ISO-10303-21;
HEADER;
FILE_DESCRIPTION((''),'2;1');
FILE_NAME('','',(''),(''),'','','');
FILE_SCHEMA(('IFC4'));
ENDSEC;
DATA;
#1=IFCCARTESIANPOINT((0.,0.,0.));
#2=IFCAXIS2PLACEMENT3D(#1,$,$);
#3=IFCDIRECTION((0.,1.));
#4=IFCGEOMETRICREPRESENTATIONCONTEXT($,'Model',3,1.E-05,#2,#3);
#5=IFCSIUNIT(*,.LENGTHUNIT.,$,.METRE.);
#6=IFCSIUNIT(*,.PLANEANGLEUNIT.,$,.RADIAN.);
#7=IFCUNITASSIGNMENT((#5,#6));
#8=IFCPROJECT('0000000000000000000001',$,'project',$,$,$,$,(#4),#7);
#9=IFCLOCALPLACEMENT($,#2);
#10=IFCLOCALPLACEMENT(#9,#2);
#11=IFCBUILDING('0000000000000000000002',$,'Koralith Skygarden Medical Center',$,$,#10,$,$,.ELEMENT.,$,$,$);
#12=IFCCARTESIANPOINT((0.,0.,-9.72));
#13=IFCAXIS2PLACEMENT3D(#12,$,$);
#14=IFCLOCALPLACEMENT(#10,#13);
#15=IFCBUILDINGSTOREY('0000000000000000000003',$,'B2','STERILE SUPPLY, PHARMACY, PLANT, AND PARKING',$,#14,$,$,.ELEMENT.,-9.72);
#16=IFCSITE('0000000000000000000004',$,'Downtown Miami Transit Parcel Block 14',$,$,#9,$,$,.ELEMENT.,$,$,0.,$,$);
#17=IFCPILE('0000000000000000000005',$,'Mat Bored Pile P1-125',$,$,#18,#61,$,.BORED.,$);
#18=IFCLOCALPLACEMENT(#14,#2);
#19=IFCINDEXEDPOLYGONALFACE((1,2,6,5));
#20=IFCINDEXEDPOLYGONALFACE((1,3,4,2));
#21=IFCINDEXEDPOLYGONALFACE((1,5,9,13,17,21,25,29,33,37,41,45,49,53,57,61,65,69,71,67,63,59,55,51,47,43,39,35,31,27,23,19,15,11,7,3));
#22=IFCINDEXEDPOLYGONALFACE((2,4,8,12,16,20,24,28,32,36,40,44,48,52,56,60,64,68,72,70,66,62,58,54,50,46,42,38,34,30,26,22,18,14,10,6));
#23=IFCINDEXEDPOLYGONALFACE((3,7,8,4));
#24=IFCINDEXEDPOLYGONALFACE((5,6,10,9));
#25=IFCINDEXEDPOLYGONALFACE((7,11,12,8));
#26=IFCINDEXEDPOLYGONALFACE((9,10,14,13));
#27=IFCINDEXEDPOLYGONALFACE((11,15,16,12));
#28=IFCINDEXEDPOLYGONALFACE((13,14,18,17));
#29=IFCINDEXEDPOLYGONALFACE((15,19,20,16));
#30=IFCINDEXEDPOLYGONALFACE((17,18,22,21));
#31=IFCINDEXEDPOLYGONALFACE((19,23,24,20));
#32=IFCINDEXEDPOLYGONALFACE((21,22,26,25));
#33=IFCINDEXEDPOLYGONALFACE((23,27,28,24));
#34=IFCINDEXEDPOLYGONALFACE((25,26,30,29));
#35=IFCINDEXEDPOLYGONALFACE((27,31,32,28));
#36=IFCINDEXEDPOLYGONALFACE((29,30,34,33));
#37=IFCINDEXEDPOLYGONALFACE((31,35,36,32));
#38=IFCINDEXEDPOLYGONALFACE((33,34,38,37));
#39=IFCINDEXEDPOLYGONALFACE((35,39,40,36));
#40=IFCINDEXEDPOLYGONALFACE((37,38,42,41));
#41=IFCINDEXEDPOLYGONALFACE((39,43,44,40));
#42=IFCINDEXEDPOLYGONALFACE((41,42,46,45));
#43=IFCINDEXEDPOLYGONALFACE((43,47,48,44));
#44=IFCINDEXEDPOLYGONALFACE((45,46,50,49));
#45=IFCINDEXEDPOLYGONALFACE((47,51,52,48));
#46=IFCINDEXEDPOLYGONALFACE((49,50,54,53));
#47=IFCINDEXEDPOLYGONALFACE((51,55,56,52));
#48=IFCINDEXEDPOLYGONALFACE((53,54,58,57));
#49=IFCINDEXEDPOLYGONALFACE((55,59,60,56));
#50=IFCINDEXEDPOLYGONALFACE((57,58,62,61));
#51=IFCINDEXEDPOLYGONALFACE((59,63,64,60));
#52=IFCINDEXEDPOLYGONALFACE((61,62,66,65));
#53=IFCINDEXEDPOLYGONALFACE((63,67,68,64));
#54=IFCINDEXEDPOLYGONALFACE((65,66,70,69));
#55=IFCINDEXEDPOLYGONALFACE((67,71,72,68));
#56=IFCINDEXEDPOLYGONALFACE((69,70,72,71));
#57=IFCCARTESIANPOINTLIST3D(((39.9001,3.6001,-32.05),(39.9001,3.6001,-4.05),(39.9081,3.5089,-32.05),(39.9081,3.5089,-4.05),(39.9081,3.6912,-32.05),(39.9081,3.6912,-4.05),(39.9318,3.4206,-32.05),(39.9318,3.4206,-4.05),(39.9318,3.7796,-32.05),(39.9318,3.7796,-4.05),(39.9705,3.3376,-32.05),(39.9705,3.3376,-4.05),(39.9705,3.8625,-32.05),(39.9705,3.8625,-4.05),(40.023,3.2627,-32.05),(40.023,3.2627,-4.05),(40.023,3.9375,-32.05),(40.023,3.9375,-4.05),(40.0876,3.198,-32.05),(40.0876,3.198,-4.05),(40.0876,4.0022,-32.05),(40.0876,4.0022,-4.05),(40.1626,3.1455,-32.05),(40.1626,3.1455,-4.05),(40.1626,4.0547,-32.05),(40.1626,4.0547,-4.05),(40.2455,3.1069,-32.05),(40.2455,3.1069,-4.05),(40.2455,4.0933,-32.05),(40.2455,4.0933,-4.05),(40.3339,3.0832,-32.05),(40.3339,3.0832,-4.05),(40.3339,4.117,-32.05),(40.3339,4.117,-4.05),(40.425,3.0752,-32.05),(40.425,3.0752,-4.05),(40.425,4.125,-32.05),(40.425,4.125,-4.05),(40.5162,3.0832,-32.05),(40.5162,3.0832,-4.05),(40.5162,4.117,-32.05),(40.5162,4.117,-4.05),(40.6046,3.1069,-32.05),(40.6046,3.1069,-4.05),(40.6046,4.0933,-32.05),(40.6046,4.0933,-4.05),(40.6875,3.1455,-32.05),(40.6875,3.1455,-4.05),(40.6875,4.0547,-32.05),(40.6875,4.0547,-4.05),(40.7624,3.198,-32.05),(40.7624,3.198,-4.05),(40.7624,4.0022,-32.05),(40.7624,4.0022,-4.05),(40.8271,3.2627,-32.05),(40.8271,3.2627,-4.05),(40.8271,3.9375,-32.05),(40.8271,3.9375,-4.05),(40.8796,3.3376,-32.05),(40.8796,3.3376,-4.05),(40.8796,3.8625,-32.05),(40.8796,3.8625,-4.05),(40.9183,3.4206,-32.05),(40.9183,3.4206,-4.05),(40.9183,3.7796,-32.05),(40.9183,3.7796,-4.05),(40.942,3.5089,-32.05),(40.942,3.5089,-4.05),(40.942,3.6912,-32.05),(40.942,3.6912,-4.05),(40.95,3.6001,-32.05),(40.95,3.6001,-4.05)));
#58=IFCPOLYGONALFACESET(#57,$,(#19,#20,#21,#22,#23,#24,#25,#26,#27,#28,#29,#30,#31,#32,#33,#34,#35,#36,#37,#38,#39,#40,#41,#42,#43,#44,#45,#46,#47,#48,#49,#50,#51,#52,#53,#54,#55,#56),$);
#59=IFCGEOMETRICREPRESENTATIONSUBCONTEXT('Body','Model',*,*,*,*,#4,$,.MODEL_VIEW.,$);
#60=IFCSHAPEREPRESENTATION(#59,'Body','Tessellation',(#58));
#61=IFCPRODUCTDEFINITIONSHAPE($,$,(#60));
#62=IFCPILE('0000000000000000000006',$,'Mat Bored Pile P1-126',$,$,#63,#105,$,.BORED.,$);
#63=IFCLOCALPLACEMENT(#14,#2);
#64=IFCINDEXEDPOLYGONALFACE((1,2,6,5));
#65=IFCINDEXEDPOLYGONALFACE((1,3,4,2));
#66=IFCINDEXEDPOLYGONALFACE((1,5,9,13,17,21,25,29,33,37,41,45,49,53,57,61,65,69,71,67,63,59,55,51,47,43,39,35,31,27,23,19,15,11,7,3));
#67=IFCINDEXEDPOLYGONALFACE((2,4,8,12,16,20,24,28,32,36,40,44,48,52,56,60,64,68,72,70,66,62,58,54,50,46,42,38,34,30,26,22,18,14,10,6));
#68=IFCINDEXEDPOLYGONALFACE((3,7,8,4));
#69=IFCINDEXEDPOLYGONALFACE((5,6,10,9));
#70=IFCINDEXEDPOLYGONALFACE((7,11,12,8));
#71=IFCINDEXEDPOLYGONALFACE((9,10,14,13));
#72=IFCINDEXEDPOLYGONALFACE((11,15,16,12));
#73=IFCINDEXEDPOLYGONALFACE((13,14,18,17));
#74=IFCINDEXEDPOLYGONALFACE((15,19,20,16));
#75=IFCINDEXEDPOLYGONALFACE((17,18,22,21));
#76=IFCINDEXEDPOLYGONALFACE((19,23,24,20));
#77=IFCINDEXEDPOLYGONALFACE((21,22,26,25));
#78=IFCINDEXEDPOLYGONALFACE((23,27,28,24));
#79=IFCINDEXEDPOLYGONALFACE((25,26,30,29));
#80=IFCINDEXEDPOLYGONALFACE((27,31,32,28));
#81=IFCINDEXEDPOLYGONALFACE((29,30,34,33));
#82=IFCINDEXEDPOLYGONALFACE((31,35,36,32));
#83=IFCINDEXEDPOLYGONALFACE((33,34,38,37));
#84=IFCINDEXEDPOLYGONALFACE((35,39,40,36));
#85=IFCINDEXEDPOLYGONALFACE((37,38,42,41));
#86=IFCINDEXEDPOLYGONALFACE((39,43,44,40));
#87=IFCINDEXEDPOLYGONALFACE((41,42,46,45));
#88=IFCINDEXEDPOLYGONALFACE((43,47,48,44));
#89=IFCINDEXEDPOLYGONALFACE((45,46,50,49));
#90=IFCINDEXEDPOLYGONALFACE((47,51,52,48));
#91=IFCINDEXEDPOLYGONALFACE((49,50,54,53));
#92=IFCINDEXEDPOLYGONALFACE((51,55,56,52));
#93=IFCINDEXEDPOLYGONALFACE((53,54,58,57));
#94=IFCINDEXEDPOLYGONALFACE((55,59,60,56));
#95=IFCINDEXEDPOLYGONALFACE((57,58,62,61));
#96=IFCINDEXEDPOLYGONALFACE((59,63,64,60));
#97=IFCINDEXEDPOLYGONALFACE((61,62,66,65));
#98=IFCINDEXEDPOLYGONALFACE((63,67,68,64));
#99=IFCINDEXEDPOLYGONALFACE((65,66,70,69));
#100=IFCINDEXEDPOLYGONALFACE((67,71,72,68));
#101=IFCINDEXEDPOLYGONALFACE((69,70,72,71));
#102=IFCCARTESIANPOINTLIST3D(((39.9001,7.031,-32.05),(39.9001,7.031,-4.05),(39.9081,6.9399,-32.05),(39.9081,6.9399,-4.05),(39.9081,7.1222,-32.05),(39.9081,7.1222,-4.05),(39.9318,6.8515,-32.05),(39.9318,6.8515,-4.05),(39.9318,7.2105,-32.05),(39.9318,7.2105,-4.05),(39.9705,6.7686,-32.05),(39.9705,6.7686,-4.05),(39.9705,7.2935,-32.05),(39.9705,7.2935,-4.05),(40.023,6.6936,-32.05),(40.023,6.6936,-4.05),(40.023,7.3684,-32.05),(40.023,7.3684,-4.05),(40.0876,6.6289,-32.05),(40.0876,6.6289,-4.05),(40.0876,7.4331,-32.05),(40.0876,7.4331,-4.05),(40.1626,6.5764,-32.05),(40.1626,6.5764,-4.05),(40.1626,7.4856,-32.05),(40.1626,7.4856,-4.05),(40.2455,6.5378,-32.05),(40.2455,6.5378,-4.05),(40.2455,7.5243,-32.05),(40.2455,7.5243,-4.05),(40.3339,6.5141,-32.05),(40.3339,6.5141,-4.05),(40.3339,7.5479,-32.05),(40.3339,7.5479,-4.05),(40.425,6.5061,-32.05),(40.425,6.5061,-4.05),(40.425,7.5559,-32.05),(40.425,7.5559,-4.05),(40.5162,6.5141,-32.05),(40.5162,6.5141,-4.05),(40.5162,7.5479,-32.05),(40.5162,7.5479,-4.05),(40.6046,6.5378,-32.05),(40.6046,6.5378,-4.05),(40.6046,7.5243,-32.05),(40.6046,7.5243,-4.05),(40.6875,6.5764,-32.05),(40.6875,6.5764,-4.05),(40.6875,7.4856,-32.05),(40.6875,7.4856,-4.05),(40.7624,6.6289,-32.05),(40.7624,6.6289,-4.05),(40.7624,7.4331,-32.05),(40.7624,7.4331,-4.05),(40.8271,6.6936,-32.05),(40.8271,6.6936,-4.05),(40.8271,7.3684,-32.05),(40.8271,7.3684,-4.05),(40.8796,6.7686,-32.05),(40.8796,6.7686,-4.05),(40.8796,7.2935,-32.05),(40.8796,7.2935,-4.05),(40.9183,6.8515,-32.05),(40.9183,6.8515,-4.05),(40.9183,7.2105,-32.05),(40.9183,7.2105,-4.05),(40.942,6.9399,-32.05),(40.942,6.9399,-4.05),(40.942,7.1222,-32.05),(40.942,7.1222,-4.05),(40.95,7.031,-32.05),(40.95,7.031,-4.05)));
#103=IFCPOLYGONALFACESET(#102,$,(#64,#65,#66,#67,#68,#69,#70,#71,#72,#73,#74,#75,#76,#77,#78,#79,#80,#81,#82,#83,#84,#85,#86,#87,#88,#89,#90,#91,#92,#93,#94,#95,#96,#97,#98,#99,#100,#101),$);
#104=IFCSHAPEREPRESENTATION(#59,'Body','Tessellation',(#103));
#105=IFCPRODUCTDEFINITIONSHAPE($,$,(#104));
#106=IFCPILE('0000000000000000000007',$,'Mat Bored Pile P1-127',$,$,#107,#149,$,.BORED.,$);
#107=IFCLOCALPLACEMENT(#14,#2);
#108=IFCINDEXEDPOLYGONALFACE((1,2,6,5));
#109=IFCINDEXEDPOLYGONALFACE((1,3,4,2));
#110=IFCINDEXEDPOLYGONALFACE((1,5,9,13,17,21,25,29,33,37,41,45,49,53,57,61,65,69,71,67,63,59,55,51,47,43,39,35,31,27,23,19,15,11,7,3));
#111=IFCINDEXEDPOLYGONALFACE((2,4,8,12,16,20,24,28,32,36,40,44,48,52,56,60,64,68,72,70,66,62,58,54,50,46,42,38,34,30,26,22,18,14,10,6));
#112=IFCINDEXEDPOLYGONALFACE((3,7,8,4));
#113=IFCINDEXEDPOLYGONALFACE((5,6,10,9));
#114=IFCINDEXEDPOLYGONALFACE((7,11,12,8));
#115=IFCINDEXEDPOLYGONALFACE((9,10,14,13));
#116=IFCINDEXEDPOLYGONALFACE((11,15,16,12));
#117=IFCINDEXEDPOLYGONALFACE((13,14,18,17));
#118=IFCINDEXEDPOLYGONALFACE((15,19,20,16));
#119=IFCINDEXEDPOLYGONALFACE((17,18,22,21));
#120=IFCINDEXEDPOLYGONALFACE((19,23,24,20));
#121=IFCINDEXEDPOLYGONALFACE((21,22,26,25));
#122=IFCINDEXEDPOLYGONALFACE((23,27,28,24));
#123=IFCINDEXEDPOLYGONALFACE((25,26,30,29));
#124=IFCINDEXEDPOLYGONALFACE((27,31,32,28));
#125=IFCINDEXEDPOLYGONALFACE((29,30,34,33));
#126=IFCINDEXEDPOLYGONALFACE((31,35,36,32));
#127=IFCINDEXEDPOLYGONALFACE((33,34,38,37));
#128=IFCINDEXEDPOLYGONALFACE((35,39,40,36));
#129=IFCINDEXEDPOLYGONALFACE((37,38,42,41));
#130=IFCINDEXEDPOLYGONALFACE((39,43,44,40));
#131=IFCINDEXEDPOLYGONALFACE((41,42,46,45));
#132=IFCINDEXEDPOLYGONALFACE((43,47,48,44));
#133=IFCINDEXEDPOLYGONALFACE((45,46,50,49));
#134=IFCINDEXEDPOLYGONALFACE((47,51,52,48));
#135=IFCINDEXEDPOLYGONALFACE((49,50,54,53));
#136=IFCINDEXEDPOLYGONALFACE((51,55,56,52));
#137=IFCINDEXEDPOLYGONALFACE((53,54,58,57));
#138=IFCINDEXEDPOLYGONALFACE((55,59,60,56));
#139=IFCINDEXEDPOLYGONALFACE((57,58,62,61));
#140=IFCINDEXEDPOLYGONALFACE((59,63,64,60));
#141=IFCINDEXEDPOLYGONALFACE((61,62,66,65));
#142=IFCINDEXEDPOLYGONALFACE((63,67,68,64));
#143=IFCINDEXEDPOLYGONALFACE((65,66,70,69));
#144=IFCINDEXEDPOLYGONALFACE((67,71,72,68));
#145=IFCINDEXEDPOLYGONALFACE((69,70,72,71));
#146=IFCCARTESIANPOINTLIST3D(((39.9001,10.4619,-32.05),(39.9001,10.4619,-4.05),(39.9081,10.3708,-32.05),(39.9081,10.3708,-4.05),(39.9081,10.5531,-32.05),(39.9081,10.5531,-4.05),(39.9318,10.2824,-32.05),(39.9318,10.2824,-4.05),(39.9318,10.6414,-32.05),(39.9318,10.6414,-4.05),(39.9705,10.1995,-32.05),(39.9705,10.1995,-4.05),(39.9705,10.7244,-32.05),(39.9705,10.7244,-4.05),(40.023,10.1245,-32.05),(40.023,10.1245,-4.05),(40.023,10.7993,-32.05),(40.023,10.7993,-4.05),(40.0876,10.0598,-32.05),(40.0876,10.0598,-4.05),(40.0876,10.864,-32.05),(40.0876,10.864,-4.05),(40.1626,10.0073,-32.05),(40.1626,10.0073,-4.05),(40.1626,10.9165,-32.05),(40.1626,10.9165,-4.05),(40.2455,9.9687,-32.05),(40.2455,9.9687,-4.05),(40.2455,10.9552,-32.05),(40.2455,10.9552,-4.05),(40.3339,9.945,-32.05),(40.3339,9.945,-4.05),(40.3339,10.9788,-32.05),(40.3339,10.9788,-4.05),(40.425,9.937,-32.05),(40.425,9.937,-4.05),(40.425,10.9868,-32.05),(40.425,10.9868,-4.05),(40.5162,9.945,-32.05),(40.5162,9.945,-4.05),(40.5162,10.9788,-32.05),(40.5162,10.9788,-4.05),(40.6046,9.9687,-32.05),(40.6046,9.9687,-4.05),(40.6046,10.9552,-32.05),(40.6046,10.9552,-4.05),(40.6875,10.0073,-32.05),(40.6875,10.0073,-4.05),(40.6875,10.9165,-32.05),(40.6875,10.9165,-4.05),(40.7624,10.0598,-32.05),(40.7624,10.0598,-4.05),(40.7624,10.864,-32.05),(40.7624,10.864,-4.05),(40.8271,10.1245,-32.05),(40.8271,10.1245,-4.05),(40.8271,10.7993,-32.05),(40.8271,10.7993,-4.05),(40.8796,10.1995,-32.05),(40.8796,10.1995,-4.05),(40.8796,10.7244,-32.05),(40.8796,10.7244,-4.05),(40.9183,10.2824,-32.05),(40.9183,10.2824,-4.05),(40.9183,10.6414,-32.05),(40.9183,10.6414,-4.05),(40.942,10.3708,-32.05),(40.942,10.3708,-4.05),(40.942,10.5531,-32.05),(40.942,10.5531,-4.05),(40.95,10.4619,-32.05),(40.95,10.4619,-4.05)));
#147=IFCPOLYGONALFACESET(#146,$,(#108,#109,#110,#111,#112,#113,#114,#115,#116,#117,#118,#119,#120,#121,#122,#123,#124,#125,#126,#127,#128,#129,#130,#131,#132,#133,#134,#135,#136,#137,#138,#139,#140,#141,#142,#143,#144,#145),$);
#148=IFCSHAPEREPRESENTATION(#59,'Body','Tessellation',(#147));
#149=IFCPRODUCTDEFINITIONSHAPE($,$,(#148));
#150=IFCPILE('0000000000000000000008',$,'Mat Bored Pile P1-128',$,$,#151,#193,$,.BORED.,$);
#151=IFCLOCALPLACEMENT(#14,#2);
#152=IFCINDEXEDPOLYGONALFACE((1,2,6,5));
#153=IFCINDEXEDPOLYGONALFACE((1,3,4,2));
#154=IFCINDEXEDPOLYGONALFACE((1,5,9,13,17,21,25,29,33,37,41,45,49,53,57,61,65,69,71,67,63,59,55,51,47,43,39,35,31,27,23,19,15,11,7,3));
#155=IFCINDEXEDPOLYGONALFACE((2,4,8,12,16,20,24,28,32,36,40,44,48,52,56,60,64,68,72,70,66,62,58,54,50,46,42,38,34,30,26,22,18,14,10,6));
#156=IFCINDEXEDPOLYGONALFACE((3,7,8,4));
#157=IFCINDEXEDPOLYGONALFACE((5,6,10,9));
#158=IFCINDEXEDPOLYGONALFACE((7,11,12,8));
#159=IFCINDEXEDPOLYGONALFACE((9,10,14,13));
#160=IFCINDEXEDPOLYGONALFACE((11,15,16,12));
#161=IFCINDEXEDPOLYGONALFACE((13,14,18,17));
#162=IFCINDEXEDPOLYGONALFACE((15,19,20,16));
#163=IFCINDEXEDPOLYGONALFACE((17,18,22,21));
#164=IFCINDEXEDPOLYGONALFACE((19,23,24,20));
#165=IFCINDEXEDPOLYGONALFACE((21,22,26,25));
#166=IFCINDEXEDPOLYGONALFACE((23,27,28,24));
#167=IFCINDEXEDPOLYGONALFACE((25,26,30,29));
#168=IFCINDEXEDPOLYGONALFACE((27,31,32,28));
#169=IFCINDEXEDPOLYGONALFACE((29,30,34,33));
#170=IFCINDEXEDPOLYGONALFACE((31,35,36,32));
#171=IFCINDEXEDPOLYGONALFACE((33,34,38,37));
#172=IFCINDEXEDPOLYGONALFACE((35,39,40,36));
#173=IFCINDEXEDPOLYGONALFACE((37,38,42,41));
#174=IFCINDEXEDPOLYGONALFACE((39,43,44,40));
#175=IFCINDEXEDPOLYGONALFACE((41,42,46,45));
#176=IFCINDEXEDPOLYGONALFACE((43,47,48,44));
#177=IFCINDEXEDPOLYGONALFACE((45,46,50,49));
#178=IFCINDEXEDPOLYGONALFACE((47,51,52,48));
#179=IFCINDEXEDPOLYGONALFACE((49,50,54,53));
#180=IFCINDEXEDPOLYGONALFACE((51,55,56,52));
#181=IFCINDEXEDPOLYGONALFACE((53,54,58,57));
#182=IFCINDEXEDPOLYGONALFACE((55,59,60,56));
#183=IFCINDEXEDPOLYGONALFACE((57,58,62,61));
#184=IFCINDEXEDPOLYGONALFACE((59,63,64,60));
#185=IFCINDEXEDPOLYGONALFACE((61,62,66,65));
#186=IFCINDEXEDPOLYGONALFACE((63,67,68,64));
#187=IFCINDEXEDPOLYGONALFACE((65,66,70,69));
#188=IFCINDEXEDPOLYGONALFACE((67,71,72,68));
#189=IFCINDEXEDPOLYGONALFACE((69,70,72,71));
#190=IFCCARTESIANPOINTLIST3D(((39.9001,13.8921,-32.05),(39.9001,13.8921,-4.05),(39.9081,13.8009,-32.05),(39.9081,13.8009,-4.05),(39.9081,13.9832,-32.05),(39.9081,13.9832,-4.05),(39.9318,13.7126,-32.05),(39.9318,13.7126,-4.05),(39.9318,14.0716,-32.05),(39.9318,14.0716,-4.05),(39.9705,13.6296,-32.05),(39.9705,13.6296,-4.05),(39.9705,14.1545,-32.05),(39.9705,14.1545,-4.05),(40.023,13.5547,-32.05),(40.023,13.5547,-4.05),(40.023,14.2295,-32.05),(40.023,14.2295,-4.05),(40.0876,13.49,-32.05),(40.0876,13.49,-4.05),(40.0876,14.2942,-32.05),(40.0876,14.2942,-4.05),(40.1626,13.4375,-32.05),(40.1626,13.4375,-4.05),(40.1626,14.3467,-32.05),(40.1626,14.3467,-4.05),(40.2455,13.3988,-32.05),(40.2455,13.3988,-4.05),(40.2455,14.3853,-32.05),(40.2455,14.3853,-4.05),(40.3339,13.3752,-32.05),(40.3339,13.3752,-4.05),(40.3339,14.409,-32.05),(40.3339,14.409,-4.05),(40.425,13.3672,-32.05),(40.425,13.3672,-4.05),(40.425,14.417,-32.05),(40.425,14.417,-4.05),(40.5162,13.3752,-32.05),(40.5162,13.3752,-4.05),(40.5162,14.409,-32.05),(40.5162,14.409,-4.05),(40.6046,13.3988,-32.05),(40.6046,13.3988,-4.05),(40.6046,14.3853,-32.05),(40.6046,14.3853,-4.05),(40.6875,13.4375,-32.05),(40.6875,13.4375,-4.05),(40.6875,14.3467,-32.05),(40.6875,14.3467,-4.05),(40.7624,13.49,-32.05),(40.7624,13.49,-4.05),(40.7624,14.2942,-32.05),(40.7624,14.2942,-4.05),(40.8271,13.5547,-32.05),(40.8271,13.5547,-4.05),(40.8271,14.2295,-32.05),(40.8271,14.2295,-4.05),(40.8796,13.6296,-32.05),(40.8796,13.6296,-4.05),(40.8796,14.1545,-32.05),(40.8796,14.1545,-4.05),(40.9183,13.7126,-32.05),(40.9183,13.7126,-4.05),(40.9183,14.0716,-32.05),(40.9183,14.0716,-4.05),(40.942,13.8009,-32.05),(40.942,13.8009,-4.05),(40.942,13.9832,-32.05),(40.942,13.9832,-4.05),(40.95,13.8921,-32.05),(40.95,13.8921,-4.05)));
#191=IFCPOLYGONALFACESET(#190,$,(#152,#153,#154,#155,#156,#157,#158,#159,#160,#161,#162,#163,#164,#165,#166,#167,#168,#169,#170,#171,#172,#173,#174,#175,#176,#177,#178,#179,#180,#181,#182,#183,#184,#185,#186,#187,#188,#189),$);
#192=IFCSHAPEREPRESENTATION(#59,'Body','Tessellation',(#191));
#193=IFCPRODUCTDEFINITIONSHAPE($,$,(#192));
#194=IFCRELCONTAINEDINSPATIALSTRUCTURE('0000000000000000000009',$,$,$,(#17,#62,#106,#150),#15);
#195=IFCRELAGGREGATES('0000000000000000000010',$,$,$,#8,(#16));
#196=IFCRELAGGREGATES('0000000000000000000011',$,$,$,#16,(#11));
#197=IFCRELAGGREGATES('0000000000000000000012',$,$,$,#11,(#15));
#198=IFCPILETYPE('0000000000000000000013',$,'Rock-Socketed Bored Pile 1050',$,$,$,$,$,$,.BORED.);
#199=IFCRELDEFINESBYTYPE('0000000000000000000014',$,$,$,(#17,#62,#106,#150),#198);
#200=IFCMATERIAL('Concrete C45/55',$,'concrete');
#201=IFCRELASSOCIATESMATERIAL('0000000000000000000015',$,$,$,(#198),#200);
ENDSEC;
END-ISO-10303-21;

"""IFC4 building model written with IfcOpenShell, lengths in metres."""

from ifc_helpers import new_model, si_unit, direction, frame, origin, origin_2d, place, context, subcontext, project, spatial, circle, extrude, material, material_profile, profile_set, type_object, element, save


model = new_model("IFC4")

# Units and contexts
model_context = context("Model", 3, precision=1e-05, world=origin(), true_north=direction((0.0, 1.0)))
body_context = subcontext(model_context, "Body", "Model", "MODEL_VIEW")
ifc_project = project(units=[si_unit("LENGTHUNIT", "METRE"), si_unit("PLANEANGLEUNIT", "RADIAN")], contexts=[model_context])

# Site, building, storey
site_placement = place(None, origin())
site = spatial("IfcSite", under=ifc_project, at=site_placement, Name="Downtown Miami Transit Parcel Block 14", CompositionType="ELEMENT", RefElevation=0.0)
building_placement = place(site_placement, origin())
building = spatial("IfcBuilding", under=site, at=building_placement, Name="Koralith Skygarden Medical Center", CompositionType="ELEMENT")
storey_placement = place(building_placement, frame((0.0, 0.0, -9.72)))
storey = spatial("IfcBuildingStorey", under=building, at=storey_placement, Name="B2", Description="STERILE SUPPLY, PHARMACY, PLANT, AND PARKING", CompositionType="ELEMENT", Elevation=-9.72)

# Piles
ifc_material_1 = material(Name="Concrete C45/55", Category="concrete")
ifc_material_profile_1 = material_profile(ifc_material_1, circle(Radius=0.5249, at=origin_2d()), Name="PILE1050")
ifc_profile_set_1 = profile_set([ifc_material_profile_1], Name="Concrete C45/55")
pile_type_1 = type_object("IfcPileType", Name="Rock-Socketed Bored Pile 1050", PredefinedType="BORED", material=ifc_profile_set_1)
for number, where, z_axis, x_axis, name in (
    (1, (40.425, 3.6001, -4.05), (0.0, 0.0, -1.0), (1.0, 0.0, 0.0), "Mat Bored Pile P1-125"),
    (2, (40.425, 7.031, -4.05), (0.0, 0.0, -1.0), (1.0, 0.0, 0.0), "Mat Bored Pile P1-126"),
    (3, (40.425, 10.4619, -4.05), (0.0, 0.0, -1.0), (1.0, 0.0, 0.0), "Mat Bored Pile P1-127"),
    (4, (40.425, 13.8921, -4.05), (0.0, 0.0, -1.0), (1.0, 0.0, 0.0), "Mat Bored Pile P1-128"),
):
    element("IfcPile", number, at=place(storey_placement, frame(where, z_axis=z_axis, x_axis=x_axis)), inside=storey, type_object=pile_type_1, Name=name, PredefinedType="BORED", context=body_context, shape_type="SweptSolid", body=[
        extrude(circle(Radius=0.5249, at=origin_2d()), origin(), (0.0, 0.0, 1.0), 28.0),
    ])

save(model, "model.ifc")
